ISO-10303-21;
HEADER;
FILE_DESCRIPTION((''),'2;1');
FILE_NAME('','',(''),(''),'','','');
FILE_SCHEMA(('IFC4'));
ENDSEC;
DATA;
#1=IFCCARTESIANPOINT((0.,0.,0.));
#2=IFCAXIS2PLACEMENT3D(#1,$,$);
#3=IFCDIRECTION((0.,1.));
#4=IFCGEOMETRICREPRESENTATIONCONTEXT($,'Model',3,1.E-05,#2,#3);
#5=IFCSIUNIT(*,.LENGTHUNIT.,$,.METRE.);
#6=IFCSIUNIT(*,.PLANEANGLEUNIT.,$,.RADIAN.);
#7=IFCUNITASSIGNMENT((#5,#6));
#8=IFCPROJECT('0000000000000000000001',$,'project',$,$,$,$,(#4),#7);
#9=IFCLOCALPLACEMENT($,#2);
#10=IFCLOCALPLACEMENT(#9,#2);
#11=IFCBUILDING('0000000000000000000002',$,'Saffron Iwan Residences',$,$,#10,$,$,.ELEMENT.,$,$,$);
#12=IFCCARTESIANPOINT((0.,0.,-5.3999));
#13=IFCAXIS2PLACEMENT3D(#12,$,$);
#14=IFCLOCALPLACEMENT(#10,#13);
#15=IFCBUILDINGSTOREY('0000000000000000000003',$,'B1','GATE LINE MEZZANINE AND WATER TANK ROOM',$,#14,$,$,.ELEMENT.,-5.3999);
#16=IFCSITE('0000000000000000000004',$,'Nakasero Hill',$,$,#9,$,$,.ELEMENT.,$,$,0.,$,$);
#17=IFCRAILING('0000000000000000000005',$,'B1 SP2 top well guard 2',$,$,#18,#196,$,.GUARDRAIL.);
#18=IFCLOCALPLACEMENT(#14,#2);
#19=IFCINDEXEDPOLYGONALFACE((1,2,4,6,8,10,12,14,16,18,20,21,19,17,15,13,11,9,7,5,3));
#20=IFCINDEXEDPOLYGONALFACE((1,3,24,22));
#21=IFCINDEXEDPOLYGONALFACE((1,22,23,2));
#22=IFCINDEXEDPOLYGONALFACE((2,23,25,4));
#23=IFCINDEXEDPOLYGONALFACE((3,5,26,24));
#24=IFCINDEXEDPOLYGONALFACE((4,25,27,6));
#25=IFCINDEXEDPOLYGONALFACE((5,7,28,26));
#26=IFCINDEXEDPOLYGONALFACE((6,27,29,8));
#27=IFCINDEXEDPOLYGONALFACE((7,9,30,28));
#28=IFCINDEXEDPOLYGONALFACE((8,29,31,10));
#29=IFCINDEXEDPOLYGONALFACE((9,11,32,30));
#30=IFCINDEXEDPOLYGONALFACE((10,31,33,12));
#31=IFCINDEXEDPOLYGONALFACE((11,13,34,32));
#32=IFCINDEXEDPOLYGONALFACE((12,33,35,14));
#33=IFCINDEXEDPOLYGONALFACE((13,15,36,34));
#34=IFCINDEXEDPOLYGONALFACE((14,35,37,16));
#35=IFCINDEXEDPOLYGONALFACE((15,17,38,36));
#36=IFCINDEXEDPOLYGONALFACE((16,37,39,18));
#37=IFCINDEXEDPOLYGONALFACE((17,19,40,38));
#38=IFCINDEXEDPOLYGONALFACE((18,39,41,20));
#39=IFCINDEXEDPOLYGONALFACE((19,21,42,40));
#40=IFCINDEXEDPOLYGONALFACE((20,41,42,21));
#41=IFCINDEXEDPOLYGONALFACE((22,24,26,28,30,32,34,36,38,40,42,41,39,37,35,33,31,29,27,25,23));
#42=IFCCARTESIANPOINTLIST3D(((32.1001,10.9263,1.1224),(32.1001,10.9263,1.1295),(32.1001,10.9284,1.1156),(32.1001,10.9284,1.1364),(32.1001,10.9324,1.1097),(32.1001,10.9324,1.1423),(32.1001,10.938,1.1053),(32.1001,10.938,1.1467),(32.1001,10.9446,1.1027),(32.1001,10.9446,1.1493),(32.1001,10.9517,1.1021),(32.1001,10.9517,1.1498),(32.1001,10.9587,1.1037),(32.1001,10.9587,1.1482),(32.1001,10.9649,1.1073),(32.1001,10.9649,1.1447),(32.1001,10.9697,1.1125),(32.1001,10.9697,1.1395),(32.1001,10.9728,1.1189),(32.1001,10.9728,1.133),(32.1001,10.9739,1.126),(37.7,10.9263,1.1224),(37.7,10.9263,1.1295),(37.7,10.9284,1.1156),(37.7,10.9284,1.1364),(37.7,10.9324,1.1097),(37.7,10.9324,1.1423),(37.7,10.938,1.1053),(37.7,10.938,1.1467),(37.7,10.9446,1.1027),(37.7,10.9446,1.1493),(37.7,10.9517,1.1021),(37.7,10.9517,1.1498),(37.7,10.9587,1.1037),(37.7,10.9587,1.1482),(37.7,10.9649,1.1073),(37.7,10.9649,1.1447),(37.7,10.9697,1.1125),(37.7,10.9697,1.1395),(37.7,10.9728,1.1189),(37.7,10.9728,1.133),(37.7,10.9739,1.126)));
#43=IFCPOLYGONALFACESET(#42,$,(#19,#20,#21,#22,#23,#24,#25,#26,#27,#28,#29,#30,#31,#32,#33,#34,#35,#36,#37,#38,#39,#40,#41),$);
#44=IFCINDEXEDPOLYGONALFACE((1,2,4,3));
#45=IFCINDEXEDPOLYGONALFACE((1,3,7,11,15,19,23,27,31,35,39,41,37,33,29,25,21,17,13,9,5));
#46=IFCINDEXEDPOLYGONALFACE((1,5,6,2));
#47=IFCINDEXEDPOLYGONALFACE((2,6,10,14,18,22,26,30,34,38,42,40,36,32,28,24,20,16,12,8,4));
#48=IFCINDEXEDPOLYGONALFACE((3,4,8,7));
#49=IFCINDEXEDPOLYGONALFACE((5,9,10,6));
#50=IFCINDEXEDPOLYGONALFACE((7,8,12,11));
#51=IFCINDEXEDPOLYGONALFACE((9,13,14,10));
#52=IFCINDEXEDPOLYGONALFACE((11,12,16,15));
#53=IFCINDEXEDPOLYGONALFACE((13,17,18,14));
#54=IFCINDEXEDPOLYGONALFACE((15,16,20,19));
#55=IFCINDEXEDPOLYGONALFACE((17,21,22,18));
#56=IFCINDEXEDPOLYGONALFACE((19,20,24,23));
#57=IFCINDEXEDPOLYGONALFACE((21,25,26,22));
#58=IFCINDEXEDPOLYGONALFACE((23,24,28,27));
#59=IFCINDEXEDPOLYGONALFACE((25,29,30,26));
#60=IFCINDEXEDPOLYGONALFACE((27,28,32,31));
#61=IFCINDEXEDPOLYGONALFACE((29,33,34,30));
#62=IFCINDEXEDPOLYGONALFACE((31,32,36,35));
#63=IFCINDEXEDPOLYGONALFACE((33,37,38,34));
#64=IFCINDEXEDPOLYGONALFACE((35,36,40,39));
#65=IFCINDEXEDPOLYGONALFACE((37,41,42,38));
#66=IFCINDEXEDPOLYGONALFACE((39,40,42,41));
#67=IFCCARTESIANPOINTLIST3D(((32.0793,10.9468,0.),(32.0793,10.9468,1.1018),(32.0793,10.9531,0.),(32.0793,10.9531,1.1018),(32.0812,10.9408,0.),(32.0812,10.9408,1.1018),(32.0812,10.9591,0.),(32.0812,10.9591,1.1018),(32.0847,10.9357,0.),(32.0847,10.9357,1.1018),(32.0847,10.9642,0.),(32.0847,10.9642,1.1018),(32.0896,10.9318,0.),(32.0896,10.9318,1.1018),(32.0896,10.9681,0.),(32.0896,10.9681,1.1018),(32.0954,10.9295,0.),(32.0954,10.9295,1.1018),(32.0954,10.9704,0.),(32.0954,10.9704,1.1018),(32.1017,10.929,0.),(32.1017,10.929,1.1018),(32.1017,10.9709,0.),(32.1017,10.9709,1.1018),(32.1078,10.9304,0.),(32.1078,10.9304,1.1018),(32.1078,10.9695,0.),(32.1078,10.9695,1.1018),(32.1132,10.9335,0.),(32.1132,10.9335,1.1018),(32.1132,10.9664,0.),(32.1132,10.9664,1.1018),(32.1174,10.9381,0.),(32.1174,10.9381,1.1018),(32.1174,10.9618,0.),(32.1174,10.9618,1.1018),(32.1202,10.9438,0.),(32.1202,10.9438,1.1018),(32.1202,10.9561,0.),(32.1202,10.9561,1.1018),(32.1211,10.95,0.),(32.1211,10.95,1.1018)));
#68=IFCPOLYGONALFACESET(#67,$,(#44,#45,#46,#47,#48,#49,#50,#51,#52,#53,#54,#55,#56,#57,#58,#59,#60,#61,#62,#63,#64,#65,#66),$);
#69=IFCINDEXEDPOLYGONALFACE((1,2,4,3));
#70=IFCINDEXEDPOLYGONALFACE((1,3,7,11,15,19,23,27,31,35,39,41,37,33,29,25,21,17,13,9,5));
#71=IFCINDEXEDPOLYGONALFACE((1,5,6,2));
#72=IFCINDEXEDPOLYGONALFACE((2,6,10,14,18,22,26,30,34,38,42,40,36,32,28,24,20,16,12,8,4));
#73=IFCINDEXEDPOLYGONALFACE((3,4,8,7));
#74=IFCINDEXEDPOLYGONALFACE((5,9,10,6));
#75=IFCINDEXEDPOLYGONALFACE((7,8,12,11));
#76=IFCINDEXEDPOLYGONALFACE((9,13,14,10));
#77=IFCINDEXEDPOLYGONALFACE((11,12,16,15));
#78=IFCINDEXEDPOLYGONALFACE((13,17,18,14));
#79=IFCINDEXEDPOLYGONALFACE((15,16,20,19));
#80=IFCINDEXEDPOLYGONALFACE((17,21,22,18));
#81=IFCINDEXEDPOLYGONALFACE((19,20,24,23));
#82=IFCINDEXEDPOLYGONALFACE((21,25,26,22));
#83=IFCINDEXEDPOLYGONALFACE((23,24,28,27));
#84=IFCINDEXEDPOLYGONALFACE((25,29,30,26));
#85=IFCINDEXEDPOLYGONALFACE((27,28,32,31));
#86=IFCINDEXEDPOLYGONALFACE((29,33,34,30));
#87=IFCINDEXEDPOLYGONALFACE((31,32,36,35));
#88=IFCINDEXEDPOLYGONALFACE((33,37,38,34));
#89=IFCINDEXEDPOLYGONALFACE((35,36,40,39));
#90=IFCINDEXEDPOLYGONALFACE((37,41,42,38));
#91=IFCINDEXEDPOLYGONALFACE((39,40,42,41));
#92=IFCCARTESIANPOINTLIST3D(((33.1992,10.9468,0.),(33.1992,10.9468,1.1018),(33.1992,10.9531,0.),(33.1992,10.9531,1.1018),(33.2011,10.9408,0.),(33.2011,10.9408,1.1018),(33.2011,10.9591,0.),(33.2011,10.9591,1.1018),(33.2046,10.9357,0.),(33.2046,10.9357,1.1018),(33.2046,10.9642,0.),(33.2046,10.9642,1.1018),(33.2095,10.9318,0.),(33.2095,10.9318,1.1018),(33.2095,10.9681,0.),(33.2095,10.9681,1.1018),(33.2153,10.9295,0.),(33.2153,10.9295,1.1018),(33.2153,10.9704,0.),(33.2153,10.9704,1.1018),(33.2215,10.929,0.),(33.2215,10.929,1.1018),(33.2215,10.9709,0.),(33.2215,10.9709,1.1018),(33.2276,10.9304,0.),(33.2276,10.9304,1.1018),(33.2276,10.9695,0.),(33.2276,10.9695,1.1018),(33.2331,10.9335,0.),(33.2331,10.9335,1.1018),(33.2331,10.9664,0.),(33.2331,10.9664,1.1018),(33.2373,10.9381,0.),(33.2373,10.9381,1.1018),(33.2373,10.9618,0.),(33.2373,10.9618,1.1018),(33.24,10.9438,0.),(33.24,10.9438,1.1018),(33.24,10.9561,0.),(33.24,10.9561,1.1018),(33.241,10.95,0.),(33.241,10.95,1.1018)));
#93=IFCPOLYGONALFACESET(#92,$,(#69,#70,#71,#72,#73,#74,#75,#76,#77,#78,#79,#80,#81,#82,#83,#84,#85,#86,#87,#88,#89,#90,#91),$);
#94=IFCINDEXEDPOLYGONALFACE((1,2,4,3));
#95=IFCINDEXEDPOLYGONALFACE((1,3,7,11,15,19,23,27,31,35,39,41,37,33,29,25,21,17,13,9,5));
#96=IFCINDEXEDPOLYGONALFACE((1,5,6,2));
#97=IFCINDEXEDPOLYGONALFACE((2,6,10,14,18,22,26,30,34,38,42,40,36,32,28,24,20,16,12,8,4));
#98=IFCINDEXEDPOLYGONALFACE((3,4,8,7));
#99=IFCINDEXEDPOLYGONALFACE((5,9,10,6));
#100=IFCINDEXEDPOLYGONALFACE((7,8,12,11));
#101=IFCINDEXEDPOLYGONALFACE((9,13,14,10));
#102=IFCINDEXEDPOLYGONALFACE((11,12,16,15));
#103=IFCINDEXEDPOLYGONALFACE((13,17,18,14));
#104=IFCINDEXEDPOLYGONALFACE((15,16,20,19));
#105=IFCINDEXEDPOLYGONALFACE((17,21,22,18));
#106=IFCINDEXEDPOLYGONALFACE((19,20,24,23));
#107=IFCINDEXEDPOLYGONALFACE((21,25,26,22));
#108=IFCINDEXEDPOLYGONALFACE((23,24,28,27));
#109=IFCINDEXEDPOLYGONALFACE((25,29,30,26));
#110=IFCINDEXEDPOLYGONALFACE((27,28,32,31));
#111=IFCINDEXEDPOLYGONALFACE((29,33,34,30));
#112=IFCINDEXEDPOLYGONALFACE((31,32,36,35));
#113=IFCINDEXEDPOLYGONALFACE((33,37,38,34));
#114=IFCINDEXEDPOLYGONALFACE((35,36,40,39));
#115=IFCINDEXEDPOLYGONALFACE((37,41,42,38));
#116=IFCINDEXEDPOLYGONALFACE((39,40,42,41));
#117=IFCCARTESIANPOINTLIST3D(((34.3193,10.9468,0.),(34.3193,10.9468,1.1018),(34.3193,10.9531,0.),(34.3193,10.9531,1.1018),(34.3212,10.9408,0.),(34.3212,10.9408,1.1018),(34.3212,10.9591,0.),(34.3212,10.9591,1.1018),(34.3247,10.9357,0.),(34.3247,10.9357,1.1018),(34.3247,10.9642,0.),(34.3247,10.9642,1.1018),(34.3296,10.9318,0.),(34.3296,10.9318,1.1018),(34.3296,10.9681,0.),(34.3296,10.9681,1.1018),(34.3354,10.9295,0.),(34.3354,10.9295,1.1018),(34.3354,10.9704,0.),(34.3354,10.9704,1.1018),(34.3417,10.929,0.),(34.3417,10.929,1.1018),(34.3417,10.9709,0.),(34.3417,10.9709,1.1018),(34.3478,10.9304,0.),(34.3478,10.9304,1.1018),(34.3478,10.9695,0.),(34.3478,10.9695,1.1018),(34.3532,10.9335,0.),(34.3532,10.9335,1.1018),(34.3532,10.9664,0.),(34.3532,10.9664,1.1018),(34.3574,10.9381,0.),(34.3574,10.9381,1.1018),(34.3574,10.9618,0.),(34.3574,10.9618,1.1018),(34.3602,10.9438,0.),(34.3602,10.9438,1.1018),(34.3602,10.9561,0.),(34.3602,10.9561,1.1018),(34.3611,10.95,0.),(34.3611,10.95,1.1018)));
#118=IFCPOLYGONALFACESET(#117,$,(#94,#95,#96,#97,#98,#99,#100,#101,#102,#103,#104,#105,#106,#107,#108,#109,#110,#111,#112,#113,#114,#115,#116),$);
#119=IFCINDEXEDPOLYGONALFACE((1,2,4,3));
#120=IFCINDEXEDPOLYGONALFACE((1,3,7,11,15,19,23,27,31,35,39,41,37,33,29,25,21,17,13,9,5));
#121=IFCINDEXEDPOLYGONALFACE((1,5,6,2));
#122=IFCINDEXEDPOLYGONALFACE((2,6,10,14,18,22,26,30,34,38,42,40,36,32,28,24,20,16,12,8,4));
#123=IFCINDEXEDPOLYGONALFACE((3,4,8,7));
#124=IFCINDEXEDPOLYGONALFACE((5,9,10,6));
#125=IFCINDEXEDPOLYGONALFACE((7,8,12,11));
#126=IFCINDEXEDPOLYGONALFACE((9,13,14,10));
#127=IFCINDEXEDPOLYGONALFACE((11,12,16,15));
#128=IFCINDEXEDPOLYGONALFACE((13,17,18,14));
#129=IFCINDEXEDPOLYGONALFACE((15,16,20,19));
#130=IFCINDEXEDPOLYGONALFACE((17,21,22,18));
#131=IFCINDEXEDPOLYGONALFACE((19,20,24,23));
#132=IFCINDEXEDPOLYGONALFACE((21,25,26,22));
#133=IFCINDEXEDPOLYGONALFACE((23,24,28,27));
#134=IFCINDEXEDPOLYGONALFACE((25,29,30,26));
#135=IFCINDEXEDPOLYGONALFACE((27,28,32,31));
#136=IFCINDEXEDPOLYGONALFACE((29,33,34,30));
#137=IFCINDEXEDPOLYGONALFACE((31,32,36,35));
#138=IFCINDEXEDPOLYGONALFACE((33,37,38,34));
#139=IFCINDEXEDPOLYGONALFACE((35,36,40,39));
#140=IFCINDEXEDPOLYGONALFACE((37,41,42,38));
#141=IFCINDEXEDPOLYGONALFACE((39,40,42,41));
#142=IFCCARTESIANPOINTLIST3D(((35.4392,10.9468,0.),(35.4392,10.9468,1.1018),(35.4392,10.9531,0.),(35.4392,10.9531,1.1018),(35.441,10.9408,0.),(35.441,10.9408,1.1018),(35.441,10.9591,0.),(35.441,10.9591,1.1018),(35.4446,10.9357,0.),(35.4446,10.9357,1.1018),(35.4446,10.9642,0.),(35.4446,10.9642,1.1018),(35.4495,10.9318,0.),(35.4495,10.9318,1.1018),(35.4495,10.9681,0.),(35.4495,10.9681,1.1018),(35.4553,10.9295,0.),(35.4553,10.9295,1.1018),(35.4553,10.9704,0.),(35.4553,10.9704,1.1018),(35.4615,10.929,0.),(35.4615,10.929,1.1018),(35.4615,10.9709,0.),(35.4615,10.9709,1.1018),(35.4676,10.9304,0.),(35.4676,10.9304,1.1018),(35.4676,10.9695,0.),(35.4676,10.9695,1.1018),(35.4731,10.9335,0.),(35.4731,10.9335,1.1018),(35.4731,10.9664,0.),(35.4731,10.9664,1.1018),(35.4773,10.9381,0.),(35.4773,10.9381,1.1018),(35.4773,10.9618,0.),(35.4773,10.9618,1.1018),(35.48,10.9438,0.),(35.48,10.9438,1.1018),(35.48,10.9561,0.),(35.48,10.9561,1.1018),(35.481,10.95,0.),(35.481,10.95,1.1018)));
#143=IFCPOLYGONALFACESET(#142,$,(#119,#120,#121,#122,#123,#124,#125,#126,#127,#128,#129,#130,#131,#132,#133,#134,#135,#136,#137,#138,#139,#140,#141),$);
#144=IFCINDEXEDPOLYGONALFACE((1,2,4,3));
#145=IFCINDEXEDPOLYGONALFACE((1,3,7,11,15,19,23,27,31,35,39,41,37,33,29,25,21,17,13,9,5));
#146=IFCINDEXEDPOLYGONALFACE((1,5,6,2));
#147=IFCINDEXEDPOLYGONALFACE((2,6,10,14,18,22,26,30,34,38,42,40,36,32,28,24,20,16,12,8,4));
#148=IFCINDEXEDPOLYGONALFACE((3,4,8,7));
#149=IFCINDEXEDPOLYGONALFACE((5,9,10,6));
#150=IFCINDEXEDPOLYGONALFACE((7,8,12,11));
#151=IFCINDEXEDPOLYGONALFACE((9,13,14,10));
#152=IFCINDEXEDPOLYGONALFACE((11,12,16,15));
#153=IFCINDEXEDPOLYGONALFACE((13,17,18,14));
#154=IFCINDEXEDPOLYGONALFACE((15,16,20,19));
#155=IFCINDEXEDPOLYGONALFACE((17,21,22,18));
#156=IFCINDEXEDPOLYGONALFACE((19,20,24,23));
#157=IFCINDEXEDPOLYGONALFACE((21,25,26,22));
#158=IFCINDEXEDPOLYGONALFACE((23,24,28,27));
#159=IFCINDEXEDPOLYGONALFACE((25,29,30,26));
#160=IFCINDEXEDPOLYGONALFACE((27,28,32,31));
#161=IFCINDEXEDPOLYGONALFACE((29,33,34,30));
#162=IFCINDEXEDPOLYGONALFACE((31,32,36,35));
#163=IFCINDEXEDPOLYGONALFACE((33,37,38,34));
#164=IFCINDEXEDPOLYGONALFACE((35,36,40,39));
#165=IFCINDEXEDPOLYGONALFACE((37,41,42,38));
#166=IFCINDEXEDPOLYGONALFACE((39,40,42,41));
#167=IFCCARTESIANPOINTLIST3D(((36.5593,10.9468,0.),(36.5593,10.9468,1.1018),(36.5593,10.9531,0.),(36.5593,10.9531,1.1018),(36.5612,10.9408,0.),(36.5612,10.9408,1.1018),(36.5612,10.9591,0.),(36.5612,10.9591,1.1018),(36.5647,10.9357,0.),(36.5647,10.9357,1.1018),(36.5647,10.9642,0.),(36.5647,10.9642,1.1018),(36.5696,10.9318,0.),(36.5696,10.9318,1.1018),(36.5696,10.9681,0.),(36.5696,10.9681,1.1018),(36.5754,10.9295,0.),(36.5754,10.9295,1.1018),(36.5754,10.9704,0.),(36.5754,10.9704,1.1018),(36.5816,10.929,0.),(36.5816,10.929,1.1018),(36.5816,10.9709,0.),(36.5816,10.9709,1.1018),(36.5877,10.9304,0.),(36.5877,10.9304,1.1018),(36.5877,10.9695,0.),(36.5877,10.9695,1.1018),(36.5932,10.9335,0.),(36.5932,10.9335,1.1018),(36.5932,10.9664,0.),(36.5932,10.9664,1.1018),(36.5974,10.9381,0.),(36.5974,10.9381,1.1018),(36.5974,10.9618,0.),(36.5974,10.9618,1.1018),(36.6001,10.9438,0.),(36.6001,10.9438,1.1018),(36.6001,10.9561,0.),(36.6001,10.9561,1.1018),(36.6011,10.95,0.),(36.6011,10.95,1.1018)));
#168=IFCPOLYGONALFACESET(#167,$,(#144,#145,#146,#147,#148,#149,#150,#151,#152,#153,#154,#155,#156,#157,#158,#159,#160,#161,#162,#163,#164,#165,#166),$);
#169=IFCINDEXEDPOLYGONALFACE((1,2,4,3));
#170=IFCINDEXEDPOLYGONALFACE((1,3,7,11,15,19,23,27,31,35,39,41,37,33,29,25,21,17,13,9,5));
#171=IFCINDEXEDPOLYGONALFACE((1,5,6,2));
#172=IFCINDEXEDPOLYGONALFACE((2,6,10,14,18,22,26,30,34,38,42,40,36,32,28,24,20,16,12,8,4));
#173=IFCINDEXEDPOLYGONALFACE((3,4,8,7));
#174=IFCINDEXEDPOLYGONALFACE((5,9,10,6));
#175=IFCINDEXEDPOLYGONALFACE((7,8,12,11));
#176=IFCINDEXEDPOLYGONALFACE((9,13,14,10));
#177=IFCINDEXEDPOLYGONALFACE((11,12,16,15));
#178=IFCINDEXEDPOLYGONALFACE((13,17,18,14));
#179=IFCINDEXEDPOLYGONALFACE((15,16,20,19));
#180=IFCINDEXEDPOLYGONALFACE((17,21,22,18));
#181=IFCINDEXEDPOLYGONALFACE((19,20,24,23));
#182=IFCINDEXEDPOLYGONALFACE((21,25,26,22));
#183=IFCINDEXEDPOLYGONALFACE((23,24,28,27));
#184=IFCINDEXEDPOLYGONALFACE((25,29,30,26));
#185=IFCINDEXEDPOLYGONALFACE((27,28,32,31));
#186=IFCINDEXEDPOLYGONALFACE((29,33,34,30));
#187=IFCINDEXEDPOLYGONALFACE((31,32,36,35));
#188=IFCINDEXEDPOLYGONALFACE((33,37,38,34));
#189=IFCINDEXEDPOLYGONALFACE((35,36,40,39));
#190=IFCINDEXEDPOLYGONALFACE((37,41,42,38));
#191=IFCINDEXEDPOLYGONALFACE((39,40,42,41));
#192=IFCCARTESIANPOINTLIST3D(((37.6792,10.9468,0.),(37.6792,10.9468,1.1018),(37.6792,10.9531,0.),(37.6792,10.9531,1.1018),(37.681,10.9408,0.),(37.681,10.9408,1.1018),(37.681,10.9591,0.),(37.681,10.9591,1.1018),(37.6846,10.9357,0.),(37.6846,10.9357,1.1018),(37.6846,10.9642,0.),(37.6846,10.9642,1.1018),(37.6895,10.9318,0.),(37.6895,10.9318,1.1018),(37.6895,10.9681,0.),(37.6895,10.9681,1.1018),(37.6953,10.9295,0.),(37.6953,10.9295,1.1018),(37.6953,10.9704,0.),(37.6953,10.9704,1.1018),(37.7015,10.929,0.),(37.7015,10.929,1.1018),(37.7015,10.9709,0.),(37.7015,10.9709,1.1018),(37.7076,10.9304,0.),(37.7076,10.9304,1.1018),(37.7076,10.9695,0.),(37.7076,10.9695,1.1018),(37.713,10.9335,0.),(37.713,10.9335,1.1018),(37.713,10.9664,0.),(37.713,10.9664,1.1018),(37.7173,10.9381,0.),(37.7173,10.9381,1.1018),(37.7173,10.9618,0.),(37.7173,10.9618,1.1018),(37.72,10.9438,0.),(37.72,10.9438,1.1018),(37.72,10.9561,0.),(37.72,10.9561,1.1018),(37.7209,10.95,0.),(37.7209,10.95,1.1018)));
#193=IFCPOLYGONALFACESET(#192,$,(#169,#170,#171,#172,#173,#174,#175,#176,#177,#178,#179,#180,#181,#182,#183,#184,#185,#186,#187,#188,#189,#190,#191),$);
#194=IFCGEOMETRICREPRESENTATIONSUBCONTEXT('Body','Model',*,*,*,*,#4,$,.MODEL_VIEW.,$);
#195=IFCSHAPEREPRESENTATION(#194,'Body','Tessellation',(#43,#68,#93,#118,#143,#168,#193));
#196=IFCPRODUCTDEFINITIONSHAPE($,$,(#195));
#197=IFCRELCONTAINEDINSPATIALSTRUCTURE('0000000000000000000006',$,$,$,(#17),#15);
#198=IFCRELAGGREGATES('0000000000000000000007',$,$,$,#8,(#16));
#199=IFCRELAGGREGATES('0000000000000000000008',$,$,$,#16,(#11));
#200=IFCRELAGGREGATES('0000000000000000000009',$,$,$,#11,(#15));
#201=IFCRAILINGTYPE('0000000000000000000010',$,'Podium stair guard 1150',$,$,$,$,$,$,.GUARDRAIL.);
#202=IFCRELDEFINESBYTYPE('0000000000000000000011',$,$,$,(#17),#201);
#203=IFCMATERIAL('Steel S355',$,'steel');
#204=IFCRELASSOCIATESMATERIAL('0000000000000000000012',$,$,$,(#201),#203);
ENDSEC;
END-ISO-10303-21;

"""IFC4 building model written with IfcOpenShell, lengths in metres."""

from ifc_helpers import new_model, si_unit, direction, frame, origin, origin_2d, place, context, subcontext, project, spatial, circle, extrude, material, type_object, element, save


model = new_model("IFC4")

# Units and contexts
model_context = context("Model", 3, precision=1e-05, world=origin(), true_north=direction((0.0, 1.0)))
body_context = subcontext(model_context, "Body", "Model", "MODEL_VIEW")
ifc_project = project(units=[si_unit("LENGTHUNIT", "METRE"), si_unit("PLANEANGLEUNIT", "RADIAN")], contexts=[model_context])

# Site, building, storey
site_placement = place(None, origin())
site = spatial("IfcSite", under=ifc_project, at=site_placement, Name="Nakasero Hill", CompositionType="ELEMENT", RefElevation=0.0)
building_placement = place(site_placement, origin())
building = spatial("IfcBuilding", under=site, at=building_placement, Name="Saffron Iwan Residences", CompositionType="ELEMENT")
storey_placement = place(building_placement, frame((0.0, 0.0, -5.3999)))
storey = spatial("IfcBuildingStorey", under=building, at=storey_placement, Name="B1", Description="GATE LINE MEZZANINE AND WATER TANK ROOM", CompositionType="ELEMENT", Elevation=-5.3999)

# Railing
ifc_material_1 = material(Name="Steel S355", Category="steel")
railing_type_1 = type_object("IfcRailingType", Name="Podium stair guard 1150", PredefinedType="GUARDRAIL", material=ifc_material_1)
for number, where, name in (
    (1, (32.1001, 10.95, 0.0), "B1 SP2 top well guard 2"),
):
    element("IfcRailing", number, at=place(storey_placement, frame(where)), inside=storey, type_object=railing_type_1, Name=name, PredefinedType="GUARDRAIL", context=body_context, shape_type="SweptSolid", body=[
        extrude(circle(Radius=0.0239, at=origin_2d()), frame((0.0, 0.0, 1.126), z_axis=(1.0, 0.0, 0.0), x_axis=(0.0, 1.0, 0.0)), (0.0, 0.0, 1.0), 5.5999),
        extrude(circle(Radius=0.021, at=origin_2d()), origin(), (0.0, 0.0, 1.0), 1.1018),
        extrude(circle(Radius=0.021, at=origin_2d()), frame((1.1199, 0.0, 0.0)), (0.0, 0.0, 1.0), 1.1018),
        extrude(circle(Radius=0.021, at=origin_2d()), frame((2.24, 0.0, 0.0)), (0.0, 0.0, 1.0), 1.1018),
        extrude(circle(Radius=0.021, at=origin_2d()), frame((3.3599, 0.0, 0.0)), (0.0, 0.0, 1.0), 1.1018),
        extrude(circle(Radius=0.021, at=origin_2d()), frame((4.48, 0.0, 0.0)), (0.0, 0.0, 1.0), 1.1018),
        extrude(circle(Radius=0.021, at=origin_2d()), frame((5.5999, 0.0, 0.0)), (0.0, 0.0, 1.0), 1.1018),
    ])

save(model, "model.ifc")
